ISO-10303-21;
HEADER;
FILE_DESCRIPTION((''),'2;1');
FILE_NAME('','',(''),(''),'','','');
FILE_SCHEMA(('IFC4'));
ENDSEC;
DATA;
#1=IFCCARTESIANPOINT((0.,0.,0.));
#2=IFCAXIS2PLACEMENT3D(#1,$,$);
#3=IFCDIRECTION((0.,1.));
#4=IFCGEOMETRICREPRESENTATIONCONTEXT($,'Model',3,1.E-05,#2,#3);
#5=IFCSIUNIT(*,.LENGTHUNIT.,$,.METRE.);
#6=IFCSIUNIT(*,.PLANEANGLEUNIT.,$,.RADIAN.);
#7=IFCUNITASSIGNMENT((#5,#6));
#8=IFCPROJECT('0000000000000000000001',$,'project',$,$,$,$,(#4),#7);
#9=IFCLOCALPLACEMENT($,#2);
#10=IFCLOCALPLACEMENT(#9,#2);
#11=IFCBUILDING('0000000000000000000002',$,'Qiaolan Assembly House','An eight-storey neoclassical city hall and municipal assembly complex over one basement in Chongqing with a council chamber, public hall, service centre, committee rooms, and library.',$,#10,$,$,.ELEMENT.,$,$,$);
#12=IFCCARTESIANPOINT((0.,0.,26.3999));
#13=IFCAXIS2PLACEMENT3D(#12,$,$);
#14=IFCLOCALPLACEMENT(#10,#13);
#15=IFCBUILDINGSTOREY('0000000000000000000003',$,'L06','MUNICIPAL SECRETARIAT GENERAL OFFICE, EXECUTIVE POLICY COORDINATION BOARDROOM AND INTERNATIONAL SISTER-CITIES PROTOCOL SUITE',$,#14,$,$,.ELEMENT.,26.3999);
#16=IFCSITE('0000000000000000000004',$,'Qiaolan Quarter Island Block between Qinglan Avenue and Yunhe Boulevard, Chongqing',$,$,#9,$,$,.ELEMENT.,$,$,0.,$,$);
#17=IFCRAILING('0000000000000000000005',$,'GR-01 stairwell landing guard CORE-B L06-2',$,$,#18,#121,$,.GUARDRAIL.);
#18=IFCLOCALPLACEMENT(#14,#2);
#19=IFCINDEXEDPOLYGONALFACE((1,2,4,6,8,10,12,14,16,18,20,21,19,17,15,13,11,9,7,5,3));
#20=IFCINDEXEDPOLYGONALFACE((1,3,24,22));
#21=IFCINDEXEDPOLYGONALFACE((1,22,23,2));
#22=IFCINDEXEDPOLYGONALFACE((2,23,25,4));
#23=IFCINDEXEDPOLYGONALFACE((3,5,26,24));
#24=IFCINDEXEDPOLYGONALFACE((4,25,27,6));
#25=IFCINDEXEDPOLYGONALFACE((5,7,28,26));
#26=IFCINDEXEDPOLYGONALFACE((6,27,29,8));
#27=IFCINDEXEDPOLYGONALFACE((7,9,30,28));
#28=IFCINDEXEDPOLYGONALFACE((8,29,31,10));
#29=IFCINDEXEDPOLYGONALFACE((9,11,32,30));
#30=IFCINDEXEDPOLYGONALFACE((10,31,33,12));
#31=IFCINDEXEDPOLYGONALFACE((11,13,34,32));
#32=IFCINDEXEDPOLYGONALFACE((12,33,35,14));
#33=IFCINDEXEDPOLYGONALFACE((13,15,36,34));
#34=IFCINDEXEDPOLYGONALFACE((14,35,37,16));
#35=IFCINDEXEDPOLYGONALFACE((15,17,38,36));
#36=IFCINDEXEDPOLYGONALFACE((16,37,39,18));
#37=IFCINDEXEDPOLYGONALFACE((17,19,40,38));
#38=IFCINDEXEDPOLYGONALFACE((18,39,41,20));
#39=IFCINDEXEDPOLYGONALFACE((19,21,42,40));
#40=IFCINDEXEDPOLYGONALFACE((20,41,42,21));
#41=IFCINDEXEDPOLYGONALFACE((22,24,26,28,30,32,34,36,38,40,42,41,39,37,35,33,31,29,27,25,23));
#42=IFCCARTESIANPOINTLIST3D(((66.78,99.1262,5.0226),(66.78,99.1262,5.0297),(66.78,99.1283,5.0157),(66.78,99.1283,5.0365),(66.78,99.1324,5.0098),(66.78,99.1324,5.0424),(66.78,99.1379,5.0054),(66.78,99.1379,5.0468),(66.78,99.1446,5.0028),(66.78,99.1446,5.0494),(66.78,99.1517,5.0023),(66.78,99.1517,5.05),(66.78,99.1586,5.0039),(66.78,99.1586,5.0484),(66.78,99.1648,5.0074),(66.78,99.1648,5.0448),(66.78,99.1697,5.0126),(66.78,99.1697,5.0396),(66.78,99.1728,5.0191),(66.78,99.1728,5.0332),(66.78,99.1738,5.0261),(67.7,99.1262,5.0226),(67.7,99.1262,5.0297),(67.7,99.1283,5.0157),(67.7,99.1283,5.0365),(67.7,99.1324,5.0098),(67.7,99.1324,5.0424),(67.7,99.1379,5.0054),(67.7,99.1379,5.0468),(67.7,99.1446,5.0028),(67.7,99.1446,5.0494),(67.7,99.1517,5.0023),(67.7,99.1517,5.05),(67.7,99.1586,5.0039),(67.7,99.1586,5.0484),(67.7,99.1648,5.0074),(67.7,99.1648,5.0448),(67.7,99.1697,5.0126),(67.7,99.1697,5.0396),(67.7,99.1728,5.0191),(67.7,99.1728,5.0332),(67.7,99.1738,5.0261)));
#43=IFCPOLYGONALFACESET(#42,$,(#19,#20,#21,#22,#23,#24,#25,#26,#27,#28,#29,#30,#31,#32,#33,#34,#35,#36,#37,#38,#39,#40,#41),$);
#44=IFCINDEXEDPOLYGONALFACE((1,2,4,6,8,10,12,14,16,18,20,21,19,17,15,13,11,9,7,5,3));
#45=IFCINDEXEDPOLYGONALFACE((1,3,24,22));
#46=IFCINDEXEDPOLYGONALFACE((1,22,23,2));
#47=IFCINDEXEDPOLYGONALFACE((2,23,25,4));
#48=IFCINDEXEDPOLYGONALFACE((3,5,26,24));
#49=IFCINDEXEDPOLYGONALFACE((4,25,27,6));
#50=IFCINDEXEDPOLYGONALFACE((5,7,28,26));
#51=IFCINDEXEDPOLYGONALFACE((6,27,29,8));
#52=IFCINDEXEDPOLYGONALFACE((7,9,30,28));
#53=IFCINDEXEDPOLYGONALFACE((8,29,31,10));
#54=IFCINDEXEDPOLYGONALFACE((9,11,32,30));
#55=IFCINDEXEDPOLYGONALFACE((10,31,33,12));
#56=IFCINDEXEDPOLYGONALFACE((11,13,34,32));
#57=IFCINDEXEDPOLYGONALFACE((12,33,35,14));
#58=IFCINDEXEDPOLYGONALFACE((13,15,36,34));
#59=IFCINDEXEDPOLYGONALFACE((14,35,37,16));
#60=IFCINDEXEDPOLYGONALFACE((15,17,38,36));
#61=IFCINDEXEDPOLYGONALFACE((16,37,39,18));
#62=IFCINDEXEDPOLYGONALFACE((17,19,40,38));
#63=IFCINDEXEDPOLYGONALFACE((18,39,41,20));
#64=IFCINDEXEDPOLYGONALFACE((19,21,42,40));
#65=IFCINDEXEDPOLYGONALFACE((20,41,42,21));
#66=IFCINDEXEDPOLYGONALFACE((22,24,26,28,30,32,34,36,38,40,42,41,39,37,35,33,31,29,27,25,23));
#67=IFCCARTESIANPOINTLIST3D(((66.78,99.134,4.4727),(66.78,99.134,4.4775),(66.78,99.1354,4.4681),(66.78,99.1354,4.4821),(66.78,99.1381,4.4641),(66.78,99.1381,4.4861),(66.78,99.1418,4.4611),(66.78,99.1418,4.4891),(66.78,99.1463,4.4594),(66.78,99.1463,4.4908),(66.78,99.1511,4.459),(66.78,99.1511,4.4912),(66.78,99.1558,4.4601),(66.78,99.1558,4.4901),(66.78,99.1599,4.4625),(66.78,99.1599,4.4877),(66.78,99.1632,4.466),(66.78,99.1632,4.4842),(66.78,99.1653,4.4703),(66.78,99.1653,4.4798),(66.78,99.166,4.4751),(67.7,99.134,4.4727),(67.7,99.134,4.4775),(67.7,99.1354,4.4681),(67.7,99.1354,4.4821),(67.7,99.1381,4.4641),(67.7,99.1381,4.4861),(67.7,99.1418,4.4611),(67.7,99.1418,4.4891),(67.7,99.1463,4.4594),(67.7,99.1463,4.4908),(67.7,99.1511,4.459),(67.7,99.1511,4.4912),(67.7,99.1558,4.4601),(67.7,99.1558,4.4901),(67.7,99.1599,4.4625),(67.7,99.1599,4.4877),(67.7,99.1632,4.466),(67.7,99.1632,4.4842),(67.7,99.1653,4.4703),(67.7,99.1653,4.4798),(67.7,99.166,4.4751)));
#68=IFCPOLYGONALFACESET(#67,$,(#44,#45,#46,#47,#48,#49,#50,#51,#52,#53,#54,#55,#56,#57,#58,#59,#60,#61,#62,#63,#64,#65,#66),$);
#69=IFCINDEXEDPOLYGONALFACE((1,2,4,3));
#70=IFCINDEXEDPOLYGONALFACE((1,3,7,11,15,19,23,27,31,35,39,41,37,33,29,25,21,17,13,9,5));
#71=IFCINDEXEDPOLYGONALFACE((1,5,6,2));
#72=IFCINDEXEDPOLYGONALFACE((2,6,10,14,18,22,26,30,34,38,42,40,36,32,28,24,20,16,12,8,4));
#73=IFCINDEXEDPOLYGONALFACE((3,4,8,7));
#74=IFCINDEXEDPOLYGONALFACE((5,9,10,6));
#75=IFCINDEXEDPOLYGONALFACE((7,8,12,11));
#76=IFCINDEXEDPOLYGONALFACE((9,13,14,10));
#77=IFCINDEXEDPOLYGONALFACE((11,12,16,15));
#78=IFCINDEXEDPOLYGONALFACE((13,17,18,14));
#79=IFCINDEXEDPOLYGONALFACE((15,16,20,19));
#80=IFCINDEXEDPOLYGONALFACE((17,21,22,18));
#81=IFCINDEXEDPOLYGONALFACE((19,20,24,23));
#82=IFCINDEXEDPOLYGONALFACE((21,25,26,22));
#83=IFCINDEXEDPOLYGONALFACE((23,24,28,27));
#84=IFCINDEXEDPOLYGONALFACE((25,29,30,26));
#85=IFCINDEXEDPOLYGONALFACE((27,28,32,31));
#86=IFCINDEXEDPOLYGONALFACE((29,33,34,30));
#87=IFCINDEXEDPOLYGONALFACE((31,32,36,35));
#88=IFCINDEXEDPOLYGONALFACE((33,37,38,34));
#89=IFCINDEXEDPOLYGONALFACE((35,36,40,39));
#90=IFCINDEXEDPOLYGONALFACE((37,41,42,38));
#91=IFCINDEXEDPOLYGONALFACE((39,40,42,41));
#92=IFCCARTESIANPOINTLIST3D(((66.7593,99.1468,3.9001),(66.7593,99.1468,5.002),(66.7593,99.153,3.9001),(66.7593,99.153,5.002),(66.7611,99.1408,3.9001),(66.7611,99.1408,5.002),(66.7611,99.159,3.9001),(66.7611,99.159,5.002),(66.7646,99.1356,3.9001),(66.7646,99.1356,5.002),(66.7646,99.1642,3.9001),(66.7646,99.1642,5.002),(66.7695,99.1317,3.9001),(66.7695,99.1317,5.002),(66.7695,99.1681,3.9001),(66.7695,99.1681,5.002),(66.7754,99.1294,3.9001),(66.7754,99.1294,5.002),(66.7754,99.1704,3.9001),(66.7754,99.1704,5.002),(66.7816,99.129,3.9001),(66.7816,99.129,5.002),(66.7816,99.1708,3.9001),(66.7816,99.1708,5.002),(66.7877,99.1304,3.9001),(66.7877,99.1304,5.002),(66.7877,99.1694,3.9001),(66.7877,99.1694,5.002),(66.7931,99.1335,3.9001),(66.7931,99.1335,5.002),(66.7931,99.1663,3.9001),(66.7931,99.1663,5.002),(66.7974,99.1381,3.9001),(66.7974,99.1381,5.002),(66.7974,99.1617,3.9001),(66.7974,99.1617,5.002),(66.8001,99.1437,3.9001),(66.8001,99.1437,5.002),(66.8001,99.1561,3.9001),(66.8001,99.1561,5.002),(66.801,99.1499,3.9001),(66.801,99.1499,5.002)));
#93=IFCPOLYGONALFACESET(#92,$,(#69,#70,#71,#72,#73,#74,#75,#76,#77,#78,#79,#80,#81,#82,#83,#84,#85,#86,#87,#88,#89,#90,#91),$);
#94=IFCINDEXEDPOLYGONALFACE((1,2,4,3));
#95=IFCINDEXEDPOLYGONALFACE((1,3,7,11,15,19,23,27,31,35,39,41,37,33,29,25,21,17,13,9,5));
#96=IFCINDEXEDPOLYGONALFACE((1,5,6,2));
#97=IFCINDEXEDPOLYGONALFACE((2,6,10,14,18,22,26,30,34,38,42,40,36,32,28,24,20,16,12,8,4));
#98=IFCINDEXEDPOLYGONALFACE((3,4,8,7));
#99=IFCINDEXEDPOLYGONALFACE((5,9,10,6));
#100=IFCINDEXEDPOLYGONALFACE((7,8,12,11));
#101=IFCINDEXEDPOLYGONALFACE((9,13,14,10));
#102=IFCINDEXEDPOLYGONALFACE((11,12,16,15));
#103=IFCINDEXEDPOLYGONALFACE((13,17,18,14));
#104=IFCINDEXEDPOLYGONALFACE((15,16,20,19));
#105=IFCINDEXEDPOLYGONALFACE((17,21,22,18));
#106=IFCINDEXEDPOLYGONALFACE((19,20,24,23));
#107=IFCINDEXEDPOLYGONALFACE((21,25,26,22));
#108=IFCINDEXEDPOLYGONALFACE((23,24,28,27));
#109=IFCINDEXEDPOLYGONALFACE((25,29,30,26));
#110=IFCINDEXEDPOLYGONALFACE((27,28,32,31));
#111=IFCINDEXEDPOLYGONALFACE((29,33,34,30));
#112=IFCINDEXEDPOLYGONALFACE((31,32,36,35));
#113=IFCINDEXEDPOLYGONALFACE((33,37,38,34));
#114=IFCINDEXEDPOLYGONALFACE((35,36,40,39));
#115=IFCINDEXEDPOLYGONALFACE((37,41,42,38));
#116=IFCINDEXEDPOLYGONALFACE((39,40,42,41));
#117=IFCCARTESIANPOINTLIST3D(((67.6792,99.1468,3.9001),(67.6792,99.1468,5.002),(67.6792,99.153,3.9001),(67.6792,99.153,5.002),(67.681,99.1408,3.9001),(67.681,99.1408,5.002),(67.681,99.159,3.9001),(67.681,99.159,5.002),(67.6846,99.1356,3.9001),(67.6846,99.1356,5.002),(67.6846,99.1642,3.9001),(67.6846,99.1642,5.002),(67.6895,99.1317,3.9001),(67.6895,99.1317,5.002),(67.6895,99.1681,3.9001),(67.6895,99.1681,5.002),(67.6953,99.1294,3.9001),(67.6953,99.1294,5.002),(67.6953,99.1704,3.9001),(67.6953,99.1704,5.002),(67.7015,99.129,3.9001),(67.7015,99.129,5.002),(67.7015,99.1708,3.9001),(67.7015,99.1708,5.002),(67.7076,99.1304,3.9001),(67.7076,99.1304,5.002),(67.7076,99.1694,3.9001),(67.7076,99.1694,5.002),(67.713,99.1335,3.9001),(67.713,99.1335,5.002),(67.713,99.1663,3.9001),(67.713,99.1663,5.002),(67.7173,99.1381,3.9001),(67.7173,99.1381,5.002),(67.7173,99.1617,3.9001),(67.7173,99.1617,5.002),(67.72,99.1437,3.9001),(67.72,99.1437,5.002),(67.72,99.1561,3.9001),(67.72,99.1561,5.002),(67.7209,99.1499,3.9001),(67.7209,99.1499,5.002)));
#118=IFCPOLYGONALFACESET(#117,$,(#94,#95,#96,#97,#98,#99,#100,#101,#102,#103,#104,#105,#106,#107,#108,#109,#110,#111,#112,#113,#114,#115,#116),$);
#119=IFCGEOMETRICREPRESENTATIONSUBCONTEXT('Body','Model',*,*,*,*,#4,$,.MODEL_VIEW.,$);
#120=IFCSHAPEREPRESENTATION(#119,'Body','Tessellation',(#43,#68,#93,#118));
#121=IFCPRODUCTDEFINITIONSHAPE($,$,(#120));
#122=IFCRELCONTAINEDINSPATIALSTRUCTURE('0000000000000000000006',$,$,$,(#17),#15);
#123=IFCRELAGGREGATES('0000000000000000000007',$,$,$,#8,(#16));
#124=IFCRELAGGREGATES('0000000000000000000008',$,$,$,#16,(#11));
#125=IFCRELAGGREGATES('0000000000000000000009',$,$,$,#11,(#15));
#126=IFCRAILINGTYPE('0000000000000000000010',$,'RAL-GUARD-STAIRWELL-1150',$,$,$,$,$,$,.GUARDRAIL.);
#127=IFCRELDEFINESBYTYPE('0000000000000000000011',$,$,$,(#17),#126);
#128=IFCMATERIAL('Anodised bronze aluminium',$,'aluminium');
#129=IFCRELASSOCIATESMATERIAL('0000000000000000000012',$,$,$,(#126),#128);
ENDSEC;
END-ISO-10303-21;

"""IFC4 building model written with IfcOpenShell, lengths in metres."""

from ifc_helpers import new_model, si_unit, direction, frame, origin, origin_2d, place, context, subcontext, project, spatial, circle, extrude, material, type_object, element, save


model = new_model("IFC4")

# Units and contexts
model_context = context("Model", 3, precision=1e-05, world=origin(), true_north=direction((0.0, 1.0)))
body_context = subcontext(model_context, "Body", "Model", "MODEL_VIEW")
ifc_project = project(units=[si_unit("LENGTHUNIT", "METRE"), si_unit("PLANEANGLEUNIT", "RADIAN")], contexts=[model_context])

# Site, building, storey
site_placement = place(None, origin())
site = spatial("IfcSite", under=ifc_project, at=site_placement, Name="Qiaolan Quarter Island Block between Qinglan Avenue and Yunhe Boulevard, Chongqing", CompositionType="ELEMENT", RefElevation=0.0)
building_placement = place(site_placement, origin())
building = spatial("IfcBuilding", under=site, at=building_placement, Name="Qiaolan Assembly House", Description="An eight-storey neoclassical city hall and municipal assembly complex over one basement in Chongqing with a council chamber, public hall, service centre, committee rooms, and library.", CompositionType="ELEMENT")
storey_placement = place(building_placement, frame((0.0, 0.0, 26.3999)))
storey = spatial("IfcBuildingStorey", under=building, at=storey_placement, Name="L06", Description="MUNICIPAL SECRETARIAT GENERAL OFFICE, EXECUTIVE POLICY COORDINATION BOARDROOM AND INTERNATIONAL SISTER-CITIES PROTOCOL SUITE", CompositionType="ELEMENT", Elevation=26.3999)

# Railing
ifc_material_1 = material(Name="Anodised bronze aluminium", Category="aluminium")
railing_type_1 = type_object("IfcRailingType", Name="RAL-GUARD-STAIRWELL-1150", PredefinedType="GUARDRAIL", material=ifc_material_1)
for number, where, name in (
    (1, (66.78, 99.1499, 3.9001), "GR-01 stairwell landing guard CORE-B L06-2"),
):
    element("IfcRailing", number, at=place(storey_placement, frame(where)), inside=storey, type_object=railing_type_1, Name=name, PredefinedType="GUARDRAIL", context=body_context, shape_type="SweptSolid", body=[
        extrude(circle(Radius=0.0239, at=origin_2d()), frame((0.0, 0.0, 1.126), z_axis=(1.0, 0.0, 0.0), x_axis=(0.0, 1.0, 0.0)), (0.0, 0.0, 1.0), 0.9199),
        extrude(circle(Radius=0.0161, at=origin_2d()), frame((0.0, 0.0, 0.575), z_axis=(1.0, 0.0, 0.0), x_axis=(0.0, 1.0, 0.0)), (0.0, 0.0, 1.0), 0.9199),
        extrude(circle(Radius=0.021, at=origin_2d()), origin(), (0.0, 0.0, 1.0), 1.1018),
        extrude(circle(Radius=0.021, at=origin_2d()), frame((0.9199, 0.0, 0.0)), (0.0, 0.0, 1.0), 1.1018),
    ])

save(model, "model.ifc")
